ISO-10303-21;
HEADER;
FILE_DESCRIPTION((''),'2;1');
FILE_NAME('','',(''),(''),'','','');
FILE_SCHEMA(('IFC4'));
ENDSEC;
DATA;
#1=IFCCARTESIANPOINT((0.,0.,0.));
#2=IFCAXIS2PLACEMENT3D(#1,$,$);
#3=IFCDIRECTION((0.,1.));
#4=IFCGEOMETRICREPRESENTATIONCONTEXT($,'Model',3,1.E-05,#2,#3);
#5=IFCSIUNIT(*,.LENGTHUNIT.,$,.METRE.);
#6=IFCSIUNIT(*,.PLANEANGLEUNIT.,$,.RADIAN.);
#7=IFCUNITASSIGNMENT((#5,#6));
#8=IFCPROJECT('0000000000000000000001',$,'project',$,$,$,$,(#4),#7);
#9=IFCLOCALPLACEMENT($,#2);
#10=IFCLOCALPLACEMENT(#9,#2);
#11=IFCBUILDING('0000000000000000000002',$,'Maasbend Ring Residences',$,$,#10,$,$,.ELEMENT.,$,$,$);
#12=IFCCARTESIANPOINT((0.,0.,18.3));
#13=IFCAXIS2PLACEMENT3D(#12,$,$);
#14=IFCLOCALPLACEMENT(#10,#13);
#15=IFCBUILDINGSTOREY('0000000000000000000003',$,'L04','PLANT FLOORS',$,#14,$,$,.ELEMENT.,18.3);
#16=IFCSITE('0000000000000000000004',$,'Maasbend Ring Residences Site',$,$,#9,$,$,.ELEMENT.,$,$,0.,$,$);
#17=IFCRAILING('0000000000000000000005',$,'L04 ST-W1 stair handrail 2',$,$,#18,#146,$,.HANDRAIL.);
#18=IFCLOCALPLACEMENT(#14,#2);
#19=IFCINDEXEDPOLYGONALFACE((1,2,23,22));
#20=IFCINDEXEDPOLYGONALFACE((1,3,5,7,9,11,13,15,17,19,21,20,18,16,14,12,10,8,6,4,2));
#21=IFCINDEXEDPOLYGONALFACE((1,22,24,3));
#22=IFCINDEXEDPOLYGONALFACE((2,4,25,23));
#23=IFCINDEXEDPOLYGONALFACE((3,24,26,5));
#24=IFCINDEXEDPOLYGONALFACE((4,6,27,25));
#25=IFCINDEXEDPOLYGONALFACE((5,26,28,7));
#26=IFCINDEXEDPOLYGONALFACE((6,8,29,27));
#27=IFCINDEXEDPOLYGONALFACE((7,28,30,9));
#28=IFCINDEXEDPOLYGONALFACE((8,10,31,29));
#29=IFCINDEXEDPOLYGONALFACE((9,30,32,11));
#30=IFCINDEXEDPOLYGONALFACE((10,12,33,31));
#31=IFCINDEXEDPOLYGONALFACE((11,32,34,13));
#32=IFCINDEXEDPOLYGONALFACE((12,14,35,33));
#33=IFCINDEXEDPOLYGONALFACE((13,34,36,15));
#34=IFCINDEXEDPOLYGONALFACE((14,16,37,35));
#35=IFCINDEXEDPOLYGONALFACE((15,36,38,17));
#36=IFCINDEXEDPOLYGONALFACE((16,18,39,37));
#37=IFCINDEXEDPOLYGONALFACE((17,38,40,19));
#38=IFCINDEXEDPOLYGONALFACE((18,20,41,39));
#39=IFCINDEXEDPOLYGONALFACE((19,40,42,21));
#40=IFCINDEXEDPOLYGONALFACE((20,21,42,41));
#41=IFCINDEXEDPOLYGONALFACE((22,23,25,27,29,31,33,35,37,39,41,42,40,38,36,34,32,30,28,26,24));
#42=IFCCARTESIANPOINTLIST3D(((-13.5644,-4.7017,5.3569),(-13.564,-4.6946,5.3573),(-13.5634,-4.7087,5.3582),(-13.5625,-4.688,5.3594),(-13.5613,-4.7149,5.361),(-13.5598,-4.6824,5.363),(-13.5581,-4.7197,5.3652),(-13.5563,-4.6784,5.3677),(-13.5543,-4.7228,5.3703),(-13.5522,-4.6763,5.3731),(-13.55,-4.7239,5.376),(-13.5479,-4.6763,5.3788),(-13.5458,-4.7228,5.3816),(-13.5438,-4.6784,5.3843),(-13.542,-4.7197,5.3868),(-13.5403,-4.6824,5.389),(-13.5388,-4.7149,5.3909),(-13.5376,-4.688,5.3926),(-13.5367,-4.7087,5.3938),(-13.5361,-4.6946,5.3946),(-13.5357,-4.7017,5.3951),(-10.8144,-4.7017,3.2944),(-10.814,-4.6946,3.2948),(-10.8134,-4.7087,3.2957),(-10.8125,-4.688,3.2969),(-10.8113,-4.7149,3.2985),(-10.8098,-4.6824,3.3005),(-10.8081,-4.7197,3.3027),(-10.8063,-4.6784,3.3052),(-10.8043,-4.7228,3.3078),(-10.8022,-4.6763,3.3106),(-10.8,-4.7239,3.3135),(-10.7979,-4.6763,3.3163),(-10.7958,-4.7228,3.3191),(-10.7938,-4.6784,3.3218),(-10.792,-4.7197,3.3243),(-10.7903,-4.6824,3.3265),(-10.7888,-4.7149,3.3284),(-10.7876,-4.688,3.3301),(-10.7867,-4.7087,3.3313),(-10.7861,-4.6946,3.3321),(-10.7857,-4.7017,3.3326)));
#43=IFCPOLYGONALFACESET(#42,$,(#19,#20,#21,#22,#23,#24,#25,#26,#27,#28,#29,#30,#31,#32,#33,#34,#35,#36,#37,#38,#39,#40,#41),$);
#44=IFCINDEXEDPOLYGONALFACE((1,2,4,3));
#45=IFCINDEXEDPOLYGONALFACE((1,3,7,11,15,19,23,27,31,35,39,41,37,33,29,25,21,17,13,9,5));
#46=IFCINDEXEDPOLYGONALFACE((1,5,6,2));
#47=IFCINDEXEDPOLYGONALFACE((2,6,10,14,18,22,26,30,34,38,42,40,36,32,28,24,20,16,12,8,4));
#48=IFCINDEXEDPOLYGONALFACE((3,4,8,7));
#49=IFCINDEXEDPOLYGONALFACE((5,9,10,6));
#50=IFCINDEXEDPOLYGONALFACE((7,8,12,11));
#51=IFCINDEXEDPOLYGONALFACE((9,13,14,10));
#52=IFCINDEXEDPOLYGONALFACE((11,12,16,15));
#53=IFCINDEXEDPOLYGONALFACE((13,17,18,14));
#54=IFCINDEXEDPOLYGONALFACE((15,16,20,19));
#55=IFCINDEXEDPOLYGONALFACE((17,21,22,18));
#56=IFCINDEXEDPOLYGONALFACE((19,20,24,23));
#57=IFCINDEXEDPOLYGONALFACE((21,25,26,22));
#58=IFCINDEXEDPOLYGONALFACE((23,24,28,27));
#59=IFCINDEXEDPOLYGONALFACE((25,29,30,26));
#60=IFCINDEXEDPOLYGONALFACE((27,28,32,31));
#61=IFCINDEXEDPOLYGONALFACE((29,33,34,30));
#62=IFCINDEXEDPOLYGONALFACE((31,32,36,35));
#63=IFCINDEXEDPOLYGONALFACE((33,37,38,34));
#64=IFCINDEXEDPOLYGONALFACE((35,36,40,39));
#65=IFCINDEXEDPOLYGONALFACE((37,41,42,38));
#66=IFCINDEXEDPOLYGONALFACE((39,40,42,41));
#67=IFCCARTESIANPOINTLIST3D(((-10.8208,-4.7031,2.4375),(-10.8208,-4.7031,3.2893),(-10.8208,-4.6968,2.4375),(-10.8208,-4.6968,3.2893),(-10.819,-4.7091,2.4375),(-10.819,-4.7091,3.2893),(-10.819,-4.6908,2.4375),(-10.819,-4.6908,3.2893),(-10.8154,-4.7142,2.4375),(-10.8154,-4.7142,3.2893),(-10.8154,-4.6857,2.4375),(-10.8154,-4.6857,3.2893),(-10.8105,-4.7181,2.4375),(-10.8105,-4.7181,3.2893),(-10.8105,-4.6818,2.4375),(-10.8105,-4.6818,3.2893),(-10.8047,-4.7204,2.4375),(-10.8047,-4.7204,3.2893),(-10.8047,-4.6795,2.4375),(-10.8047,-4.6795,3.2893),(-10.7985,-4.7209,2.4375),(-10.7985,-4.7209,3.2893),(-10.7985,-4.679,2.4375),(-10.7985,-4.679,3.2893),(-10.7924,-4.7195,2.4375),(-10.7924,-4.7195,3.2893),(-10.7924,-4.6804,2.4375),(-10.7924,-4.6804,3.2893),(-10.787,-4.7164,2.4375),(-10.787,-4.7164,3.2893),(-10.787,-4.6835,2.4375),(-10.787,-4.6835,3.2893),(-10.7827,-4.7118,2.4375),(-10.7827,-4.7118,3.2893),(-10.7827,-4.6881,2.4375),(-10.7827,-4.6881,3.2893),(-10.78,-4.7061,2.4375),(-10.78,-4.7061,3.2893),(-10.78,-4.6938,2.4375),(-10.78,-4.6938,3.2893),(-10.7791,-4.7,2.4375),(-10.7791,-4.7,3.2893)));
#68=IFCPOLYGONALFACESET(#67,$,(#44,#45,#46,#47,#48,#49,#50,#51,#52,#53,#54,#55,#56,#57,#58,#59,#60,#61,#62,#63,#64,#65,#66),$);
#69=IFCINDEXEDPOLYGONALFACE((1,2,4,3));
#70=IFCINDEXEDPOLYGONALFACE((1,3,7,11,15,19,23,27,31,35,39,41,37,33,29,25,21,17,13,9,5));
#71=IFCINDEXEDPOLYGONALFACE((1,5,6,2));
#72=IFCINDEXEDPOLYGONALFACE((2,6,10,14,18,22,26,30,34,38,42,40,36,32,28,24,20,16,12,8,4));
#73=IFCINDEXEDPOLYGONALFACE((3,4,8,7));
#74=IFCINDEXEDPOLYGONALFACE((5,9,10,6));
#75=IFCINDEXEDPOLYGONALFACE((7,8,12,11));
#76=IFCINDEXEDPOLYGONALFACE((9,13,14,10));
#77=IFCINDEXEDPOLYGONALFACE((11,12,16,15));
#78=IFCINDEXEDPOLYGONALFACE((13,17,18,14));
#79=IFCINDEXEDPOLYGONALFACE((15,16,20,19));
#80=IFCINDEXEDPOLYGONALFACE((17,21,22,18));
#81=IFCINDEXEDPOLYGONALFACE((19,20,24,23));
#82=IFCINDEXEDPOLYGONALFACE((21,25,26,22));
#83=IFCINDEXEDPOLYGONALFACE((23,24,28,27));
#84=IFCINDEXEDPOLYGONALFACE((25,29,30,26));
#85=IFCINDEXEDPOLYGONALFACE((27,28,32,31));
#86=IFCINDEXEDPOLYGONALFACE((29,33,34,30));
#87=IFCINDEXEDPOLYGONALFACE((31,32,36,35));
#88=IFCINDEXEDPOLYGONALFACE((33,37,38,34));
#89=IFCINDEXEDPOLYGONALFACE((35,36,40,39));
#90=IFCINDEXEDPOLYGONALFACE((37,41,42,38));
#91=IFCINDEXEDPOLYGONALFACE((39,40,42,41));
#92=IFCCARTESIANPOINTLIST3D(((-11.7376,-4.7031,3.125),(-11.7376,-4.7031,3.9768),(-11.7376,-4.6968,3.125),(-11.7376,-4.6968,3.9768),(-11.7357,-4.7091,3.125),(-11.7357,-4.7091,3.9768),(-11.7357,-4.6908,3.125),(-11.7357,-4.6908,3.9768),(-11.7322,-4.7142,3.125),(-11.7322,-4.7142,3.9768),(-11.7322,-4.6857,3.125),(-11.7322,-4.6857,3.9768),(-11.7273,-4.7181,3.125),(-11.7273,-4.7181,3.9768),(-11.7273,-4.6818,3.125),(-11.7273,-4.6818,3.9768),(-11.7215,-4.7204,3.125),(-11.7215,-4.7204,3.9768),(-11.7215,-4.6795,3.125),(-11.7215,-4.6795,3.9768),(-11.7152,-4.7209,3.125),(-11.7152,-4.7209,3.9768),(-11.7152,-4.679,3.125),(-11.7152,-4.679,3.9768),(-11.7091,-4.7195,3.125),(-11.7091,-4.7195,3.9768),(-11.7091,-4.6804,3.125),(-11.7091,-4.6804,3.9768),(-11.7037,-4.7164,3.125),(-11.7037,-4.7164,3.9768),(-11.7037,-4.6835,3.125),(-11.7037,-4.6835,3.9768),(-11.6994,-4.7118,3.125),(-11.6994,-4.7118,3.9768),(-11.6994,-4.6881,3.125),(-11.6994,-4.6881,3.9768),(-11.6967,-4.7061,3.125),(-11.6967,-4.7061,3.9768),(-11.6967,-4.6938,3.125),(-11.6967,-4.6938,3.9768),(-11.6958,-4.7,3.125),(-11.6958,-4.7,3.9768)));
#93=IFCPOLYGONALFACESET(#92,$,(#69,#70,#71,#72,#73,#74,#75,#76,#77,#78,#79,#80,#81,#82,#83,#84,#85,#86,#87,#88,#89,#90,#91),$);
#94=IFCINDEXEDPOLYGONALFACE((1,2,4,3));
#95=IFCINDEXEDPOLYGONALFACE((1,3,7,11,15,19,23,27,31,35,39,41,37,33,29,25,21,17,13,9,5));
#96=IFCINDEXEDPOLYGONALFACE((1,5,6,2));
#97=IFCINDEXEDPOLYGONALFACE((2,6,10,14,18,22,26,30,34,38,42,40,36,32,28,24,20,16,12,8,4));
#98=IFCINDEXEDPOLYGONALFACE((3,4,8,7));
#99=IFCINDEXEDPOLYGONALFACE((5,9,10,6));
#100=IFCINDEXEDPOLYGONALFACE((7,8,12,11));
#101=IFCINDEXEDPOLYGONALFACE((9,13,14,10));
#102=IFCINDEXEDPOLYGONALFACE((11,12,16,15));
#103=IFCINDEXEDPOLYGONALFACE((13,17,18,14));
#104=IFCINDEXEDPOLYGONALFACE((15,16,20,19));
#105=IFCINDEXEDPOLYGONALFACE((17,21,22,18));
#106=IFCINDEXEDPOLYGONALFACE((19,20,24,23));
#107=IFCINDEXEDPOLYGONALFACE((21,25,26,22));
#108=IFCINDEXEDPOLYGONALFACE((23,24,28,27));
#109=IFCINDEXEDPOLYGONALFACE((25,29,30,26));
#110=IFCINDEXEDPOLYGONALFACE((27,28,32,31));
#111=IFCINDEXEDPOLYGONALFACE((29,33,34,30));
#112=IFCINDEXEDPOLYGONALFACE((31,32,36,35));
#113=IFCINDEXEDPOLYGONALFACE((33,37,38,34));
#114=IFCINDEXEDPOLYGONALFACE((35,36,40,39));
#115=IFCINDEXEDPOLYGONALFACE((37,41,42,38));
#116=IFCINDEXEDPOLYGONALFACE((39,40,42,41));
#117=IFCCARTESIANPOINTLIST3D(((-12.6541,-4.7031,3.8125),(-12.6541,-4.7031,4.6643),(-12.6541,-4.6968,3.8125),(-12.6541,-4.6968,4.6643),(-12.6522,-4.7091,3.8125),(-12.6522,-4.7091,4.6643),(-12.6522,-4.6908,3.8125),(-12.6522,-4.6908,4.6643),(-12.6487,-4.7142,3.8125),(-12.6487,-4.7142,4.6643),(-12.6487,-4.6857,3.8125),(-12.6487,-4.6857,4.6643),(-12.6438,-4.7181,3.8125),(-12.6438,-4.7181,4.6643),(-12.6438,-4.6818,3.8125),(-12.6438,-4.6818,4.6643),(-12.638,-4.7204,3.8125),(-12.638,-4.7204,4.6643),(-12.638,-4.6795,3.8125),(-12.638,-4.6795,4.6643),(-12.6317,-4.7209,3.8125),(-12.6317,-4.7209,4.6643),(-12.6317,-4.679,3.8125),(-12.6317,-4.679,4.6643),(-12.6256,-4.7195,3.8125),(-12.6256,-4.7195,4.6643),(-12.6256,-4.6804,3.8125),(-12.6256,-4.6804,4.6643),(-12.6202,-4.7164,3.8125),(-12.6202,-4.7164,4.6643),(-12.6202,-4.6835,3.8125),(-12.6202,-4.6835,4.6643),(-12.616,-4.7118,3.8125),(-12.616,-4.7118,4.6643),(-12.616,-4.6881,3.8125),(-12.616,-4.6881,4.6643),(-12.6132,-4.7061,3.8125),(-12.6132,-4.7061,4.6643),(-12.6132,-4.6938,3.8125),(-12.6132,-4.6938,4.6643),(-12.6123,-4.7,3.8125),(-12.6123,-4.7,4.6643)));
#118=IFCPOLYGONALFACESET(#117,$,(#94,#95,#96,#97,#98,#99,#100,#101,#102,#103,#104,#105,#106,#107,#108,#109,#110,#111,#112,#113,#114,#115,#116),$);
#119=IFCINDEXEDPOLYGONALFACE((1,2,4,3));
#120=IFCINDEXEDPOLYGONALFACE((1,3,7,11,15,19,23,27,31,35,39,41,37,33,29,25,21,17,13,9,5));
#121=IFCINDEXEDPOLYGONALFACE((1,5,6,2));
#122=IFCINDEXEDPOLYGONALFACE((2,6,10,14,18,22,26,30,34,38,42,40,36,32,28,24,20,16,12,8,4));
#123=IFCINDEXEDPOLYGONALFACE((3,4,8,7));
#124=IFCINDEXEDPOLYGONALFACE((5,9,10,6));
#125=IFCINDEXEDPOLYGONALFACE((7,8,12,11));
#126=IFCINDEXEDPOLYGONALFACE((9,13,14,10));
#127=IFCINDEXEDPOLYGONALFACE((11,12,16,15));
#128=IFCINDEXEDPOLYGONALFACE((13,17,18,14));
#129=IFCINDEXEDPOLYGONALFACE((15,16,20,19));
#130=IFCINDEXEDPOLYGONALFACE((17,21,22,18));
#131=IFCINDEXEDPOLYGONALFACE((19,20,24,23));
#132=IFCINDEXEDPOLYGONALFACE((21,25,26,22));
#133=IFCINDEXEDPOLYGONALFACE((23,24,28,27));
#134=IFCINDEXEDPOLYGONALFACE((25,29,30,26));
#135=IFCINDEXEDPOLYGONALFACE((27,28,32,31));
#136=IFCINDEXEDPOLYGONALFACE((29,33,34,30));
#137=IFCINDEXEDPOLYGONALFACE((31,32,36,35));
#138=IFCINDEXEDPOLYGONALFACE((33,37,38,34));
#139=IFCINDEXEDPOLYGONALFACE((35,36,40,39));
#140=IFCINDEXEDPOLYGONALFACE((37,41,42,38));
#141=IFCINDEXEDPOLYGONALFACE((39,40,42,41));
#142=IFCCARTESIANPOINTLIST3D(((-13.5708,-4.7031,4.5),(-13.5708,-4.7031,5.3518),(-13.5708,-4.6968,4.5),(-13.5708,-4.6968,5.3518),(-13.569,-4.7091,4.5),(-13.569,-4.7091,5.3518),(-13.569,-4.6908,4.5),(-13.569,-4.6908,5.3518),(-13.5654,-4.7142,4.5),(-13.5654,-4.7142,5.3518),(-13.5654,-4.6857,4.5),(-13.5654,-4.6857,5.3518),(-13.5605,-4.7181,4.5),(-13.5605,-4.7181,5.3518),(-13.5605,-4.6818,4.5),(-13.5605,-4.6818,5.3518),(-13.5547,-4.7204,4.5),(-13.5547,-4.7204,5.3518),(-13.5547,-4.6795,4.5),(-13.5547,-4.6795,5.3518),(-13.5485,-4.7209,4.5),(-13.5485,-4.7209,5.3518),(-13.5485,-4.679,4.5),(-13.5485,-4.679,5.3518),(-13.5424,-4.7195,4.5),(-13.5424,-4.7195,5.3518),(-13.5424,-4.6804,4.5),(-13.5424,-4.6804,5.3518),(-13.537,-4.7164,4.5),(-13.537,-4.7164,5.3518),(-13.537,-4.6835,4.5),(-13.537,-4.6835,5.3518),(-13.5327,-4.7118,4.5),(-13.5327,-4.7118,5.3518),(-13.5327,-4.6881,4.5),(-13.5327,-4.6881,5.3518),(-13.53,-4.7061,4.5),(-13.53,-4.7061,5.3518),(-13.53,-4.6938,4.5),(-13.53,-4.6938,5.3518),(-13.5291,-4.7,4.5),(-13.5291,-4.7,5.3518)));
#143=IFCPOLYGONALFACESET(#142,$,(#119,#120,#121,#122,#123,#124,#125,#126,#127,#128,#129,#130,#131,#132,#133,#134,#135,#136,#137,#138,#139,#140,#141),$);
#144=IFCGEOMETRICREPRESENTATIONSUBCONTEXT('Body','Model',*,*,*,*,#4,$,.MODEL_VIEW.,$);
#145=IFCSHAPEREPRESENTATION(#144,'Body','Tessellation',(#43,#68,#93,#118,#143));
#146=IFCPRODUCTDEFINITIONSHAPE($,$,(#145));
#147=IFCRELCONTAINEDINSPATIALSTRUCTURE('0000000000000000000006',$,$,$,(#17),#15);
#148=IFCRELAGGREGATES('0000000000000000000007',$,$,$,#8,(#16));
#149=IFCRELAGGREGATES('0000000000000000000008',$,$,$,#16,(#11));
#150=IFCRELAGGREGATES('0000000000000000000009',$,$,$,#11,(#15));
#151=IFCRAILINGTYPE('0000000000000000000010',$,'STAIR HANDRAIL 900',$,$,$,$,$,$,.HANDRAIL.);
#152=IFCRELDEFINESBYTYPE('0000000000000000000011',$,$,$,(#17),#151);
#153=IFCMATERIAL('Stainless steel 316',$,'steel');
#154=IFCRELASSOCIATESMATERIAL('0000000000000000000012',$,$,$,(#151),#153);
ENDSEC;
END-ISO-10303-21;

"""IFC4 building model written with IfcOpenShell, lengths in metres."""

from ifc_helpers import new_model, si_unit, direction, frame, origin, origin_2d, place, context, subcontext, project, spatial, circle, extrude, material, type_object, element, save


model = new_model("IFC4")

# Units and contexts
model_context = context("Model", 3, precision=1e-05, world=origin(), true_north=direction((0.0, 1.0)))
body_context = subcontext(model_context, "Body", "Model", "MODEL_VIEW")
ifc_project = project(units=[si_unit("LENGTHUNIT", "METRE"), si_unit("PLANEANGLEUNIT", "RADIAN")], contexts=[model_context])

# Site, building, storey
site_placement = place(None, origin())
site = spatial("IfcSite", under=ifc_project, at=site_placement, Name="Maasbend Ring Residences Site", CompositionType="ELEMENT", RefElevation=0.0)
building_placement = place(site_placement, origin())
building = spatial("IfcBuilding", under=site, at=building_placement, Name="Maasbend Ring Residences", CompositionType="ELEMENT")
storey_placement = place(building_placement, frame((0.0, 0.0, 18.3)))
storey = spatial("IfcBuildingStorey", under=building, at=storey_placement, Name="L04", Description="PLANT FLOORS", CompositionType="ELEMENT", Elevation=18.3)

# Railing
ifc_material_1 = material(Name="Stainless steel 316", Category="steel")
railing_type = type_object("IfcRailingType", Name="STAIR HANDRAIL 900", PredefinedType="HANDRAIL", material=ifc_material_1)
railing_placement = place(storey_placement, frame((-10.8, -4.7, 2.4375)))
element("IfcRailing", 1, at=railing_placement, inside=storey, type_object=railing_type, Name="L04 ST-W1 stair handrail 2", PredefinedType="HANDRAIL", context=body_context, shape_type="SweptSolid", body=[
    extrude(circle(Radius=0.0239, at=origin_2d()), frame((0.0, 0.0, 0.876), z_axis=(-0.8, 0.0, 0.6), x_axis=(0.0, -1.0, 0.0)), (0.0, 0.0, 1.0), 3.4375),
    extrude(circle(Radius=0.021, at=origin_2d()), origin(), (0.0, 0.0, 1.0), 0.8518),
    extrude(circle(Radius=0.021, at=origin_2d()), frame((-0.9167, 0.0, 0.6875)), (0.0, 0.0, 1.0), 0.8518),
    extrude(circle(Radius=0.021, at=origin_2d()), frame((-1.8333, 0.0, 1.375)), (0.0, 0.0, 1.0), 0.8518),
    extrude(circle(Radius=0.021, at=origin_2d()), frame((-2.75, 0.0, 2.0625)), (0.0, 0.0, 1.0), 0.8518),
])

save(model, "model.ifc")
